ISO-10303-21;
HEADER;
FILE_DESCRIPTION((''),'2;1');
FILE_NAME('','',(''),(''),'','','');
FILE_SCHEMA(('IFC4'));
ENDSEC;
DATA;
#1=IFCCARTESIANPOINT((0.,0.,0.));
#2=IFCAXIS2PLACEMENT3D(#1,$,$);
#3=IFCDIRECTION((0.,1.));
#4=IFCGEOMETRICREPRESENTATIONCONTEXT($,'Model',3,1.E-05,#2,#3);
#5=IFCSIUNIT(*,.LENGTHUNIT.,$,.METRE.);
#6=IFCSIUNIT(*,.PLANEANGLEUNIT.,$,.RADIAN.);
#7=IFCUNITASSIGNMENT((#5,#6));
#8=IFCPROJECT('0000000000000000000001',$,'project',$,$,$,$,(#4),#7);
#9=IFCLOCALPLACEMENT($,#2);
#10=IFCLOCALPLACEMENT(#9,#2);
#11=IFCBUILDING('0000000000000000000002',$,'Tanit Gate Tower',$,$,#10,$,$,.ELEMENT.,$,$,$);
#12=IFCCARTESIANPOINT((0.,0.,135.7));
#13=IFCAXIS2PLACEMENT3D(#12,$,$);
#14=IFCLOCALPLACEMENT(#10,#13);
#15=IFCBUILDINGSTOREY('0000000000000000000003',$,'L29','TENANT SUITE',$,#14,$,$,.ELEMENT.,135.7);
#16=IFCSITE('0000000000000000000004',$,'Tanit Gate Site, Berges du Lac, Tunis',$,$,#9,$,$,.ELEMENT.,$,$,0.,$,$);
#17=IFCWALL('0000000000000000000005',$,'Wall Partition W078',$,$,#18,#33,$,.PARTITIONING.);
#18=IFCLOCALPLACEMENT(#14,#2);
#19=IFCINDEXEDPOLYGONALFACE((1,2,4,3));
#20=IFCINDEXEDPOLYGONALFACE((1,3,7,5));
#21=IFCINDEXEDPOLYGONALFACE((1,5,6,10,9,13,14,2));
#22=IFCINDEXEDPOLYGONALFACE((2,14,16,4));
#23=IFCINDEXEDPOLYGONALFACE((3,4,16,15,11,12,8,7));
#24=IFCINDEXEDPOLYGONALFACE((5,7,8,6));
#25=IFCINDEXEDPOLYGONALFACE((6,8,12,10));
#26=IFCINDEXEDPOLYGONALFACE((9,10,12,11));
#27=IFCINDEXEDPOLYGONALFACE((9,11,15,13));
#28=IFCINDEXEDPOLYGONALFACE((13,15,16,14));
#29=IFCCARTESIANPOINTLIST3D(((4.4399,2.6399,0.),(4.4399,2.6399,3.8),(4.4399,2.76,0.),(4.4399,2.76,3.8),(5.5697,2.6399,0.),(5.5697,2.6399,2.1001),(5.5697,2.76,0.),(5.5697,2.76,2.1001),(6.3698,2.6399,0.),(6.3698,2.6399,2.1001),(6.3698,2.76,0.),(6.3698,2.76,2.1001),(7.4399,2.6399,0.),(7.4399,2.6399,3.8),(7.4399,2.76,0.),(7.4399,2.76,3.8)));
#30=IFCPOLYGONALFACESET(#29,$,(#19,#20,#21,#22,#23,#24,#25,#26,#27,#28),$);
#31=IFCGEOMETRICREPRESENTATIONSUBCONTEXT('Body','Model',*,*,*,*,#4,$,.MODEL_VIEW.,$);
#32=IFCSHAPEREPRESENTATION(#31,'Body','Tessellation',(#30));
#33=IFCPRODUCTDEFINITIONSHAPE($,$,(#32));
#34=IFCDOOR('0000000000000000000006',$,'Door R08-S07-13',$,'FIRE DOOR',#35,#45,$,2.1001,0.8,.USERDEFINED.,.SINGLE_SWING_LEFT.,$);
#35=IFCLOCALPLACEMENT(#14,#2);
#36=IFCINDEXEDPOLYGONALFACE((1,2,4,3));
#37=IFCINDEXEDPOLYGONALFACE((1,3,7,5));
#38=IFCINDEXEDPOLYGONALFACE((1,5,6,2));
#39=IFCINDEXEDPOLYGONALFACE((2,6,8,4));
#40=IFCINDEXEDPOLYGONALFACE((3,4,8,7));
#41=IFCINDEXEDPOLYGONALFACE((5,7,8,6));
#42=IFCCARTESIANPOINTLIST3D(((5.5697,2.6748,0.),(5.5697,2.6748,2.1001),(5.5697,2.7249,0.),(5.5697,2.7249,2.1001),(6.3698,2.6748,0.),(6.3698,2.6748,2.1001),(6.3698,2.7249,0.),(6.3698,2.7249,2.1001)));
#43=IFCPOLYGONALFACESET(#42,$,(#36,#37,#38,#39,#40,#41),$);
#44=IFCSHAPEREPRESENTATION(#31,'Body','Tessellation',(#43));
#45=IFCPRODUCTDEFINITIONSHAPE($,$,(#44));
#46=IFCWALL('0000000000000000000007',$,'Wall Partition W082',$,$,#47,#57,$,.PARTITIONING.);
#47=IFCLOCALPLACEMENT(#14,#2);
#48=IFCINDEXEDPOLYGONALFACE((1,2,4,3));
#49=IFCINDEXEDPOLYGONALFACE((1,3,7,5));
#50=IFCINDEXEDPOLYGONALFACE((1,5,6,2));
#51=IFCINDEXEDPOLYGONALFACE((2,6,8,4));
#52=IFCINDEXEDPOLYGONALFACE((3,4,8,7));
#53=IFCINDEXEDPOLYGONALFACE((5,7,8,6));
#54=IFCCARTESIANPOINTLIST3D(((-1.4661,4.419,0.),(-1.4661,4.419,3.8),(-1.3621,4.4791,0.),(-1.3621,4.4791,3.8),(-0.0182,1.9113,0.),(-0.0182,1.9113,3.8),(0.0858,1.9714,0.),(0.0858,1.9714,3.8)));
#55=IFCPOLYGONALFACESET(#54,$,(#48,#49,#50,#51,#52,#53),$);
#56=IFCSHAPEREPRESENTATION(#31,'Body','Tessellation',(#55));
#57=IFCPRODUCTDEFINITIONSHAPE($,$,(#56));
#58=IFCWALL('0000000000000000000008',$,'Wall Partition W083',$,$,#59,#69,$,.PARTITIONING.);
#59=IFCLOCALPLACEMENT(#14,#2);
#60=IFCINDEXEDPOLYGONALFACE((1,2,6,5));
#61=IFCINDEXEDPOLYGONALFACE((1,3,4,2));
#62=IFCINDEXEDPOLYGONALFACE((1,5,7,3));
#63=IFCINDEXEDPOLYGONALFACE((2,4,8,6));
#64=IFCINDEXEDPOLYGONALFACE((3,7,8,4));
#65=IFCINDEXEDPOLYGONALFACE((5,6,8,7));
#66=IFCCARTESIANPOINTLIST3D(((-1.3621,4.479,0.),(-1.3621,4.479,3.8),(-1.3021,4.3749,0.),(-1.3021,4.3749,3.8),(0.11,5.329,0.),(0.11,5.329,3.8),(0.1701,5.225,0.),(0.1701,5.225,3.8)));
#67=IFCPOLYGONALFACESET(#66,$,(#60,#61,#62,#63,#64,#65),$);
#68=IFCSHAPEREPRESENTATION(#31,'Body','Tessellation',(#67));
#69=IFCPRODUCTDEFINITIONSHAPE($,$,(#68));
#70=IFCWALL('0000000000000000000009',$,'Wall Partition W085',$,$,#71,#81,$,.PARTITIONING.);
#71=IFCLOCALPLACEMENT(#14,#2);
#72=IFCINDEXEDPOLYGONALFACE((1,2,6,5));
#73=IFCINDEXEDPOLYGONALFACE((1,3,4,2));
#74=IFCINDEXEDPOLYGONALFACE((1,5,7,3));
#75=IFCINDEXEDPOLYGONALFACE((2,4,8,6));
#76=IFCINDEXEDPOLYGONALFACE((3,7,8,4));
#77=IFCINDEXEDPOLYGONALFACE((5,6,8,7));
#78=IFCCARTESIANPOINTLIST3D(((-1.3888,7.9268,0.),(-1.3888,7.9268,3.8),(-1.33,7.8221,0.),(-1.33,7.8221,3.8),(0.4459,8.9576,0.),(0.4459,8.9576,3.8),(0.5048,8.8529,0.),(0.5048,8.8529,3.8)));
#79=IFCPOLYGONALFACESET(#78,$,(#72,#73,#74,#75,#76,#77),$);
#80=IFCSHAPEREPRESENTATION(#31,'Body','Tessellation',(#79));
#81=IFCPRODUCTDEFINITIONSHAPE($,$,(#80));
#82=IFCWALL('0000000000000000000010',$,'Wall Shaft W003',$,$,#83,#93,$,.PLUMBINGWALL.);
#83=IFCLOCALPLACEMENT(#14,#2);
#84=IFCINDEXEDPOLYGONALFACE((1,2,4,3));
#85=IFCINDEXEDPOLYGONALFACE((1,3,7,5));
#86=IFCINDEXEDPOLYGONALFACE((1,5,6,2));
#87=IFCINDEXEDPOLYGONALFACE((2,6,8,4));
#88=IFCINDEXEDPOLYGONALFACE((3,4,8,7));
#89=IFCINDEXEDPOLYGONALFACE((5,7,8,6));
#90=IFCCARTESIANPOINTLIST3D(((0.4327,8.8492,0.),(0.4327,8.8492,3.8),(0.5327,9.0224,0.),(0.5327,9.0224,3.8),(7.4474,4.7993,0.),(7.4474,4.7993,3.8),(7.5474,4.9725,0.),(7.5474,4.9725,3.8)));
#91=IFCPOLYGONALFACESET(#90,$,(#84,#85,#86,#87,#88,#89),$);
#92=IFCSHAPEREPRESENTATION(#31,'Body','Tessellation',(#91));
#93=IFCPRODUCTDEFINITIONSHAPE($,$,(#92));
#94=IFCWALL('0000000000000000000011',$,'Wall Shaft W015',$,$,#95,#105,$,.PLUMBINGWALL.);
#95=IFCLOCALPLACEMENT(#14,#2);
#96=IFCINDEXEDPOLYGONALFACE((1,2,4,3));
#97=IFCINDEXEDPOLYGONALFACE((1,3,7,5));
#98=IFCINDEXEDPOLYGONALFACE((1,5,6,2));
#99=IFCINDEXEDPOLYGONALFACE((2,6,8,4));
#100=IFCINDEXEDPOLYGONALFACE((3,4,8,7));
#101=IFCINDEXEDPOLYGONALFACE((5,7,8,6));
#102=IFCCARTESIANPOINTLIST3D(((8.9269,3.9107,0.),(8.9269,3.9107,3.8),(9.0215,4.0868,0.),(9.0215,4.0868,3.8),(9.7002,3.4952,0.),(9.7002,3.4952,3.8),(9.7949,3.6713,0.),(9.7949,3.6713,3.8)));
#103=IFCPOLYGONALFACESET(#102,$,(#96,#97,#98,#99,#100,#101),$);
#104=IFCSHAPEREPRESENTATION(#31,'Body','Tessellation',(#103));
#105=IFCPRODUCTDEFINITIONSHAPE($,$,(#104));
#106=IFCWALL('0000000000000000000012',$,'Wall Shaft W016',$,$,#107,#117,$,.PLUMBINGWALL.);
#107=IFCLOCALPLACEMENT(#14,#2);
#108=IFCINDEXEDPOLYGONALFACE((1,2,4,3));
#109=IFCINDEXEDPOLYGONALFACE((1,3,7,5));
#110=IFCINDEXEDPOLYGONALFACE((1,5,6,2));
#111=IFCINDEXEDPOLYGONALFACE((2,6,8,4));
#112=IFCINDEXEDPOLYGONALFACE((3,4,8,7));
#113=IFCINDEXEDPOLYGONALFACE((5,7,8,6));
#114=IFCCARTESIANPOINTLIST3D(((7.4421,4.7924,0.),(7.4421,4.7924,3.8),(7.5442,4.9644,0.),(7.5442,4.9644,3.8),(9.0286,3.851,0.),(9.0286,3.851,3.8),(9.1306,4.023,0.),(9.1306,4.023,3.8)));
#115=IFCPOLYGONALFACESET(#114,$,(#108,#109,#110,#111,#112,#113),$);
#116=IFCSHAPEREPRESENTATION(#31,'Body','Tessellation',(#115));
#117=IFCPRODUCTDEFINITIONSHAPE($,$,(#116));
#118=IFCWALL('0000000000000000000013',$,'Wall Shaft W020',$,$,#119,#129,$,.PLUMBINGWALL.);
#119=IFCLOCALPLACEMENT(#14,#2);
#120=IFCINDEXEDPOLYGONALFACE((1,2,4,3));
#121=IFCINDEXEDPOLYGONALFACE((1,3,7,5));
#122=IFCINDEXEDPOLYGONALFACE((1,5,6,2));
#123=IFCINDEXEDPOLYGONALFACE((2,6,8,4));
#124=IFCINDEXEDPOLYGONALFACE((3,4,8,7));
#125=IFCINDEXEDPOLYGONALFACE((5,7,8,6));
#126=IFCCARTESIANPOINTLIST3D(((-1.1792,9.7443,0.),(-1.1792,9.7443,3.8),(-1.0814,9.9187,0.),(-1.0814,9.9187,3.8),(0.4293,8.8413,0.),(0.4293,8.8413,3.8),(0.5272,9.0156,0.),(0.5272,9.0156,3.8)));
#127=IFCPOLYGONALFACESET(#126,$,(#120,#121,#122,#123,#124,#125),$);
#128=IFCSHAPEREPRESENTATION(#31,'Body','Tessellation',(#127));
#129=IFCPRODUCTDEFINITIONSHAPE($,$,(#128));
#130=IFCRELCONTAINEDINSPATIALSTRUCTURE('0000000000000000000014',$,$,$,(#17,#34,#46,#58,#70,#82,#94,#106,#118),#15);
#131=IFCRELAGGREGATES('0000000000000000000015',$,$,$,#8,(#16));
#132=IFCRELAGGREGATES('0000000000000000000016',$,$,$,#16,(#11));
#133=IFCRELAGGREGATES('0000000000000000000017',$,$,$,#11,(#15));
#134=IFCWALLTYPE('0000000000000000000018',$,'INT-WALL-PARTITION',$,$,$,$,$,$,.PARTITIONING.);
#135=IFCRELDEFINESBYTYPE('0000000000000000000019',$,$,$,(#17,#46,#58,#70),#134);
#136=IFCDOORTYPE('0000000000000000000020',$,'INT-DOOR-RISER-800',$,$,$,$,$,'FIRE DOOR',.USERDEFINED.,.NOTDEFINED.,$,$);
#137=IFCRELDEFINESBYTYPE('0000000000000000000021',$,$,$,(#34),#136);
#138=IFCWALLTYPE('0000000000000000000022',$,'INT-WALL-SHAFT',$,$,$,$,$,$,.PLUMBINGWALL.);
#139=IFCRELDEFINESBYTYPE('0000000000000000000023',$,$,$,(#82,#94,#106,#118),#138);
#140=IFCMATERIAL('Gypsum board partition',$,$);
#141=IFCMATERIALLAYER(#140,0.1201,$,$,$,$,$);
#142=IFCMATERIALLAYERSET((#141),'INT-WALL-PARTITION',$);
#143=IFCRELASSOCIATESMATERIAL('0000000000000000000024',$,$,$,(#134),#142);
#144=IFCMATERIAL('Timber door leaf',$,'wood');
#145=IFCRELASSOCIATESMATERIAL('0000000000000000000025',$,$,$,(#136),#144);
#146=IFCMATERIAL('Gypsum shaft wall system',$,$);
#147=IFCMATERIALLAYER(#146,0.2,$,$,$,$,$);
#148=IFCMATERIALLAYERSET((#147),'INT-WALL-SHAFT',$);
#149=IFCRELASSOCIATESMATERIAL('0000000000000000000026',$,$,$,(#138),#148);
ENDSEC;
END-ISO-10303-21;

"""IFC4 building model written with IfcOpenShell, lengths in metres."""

from ifc_helpers import new_model, si_unit, direction, frame, frame_2d, origin, place, context, subcontext, project, spatial, rectangle, extrude, material, layer, layer_set, type_object, element, fill, save


model = new_model("IFC4")

# Units and contexts
model_context = context("Model", 3, precision=1e-05, world=origin(), true_north=direction((0.0, 1.0)))
body_context = subcontext(model_context, "Body", "Model", "MODEL_VIEW")
ifc_project = project(units=[si_unit("LENGTHUNIT", "METRE"), si_unit("PLANEANGLEUNIT", "RADIAN")], contexts=[model_context])

# Site, building, storey
site_placement = place(None, origin())
site = spatial("IfcSite", under=ifc_project, at=site_placement, Name="Tanit Gate Site, Berges du Lac, Tunis", CompositionType="ELEMENT", RefElevation=0.0)
building_placement = place(site_placement, origin())
building = spatial("IfcBuilding", under=site, at=building_placement, Name="Tanit Gate Tower", CompositionType="ELEMENT")
storey_placement = place(building_placement, frame((0.0, 0.0, 135.7)))
storey = spatial("IfcBuildingStorey", under=building, at=storey_placement, Name="L29", Description="TENANT SUITE", CompositionType="ELEMENT", Elevation=135.7)

# Wall, opening, door
ifc_material_1 = material(Name="Gypsum board partition")
ifc_layer_1 = layer(ifc_material_1, 0.1201)
ifc_layer_set_1 = layer_set([ifc_layer_1], Name="INT-WALL-PARTITION")
wall_type_1 = type_object("IfcWallType", Name="INT-WALL-PARTITION", PredefinedType="PARTITIONING", material=ifc_layer_set_1)
wall_1_placement = place(storey_placement, frame((4.4399, 2.7, 0.0), z_axis=(0.0, 0.0, 1.0), x_axis=(1.0, 0.0, 0.0)))
wall_1 = element("IfcWall", 1, at=wall_1_placement, inside=storey, type_object=wall_type_1, Name="Wall Partition W078", PredefinedType="PARTITIONING", context=body_context, shape_type="SweptSolid", body=[
    extrude(rectangle(XDim=3.0, YDim=0.1201, at=frame_2d((1.5, 0.0))), origin(), (0.0, 0.0, 1.0), 3.8),
])
opening_1_placement = place(wall_1_placement, frame((1.1299, 0.0, 0.0)))
opening_1 = element("IfcOpeningElement", 2, at=opening_1_placement, cuts=wall_1, PredefinedType="OPENING", context=body_context, shape_type="SweptSolid", body=[
    extrude(rectangle(XDim=0.8, YDim=2.1001, at=frame_2d((0.3999, 1.05))), frame((0.0, 0.0701, 0.0), z_axis=(0.0, -1.0, 0.0), x_axis=(1.0, 0.0, 0.0)), (0.0, 0.0, 1.0), 0.1401),
])
ifc_material_2 = material(Name="Timber door leaf", Category="wood")
door_type_1 = type_object("IfcDoorType", Name="INT-DOOR-RISER-800", ElementType="FIRE DOOR", OperationType="NOTDEFINED", PredefinedType="USERDEFINED", material=ifc_material_2)
door_1_placement = place(opening_1_placement, origin())
door_1 = element("IfcDoor", 3, at=door_1_placement, inside=storey, type_object=door_type_1, Name="Door R08-S07-13", ObjectType="FIRE DOOR", OperationType="SINGLE_SWING_LEFT", OverallHeight=2.1001, OverallWidth=0.8, PredefinedType="USERDEFINED", context=body_context, shape_type="SweptSolid", body=[
    extrude(rectangle(XDim=0.8, YDim=2.1001, at=frame_2d((0.3999, 1.05))), frame((0.0, 0.0249, 0.0), z_axis=(0.0, -1.0, 0.0), x_axis=(1.0, 0.0, 0.0)), (0.0, 0.0, 1.0), 0.05),
])
fill(opening_1, door_1)

# Walls
wall_2_placement = place(storey_placement, frame((-1.4141, 4.449, 0.0), z_axis=(0.0, 0.0, 1.0), x_axis=(0.500029, -0.866009, 0.0)))
element("IfcWall", 4, at=wall_2_placement, inside=storey, type_object=wall_type_1, Name="Wall Partition W082", PredefinedType="PARTITIONING", context=body_context, shape_type="SweptSolid", body=[
    extrude(rectangle(XDim=2.8958, YDim=0.1201, at=frame_2d((1.4478, 0.0))), origin(), (0.0, 0.0, 1.0), 3.8),
])
wall_3_placement = place(storey_placement, frame((0.1401, 5.2771, 0.0), z_axis=(0.0, 0.0, 1.0), x_axis=(-0.865989, -0.500062, 0.0)))
element("IfcWall", 5, at=wall_3_placement, inside=storey, type_object=wall_type_1, Name="Wall Partition W083", PredefinedType="PARTITIONING", context=body_context, shape_type="SweptSolid", body=[
    extrude(rectangle(XDim=1.7, YDim=0.1201, at=frame_2d((0.8501, 0.0))), origin(), (0.0, 0.0, 1.0), 3.8),
])
wall_4_placement = place(storey_placement, frame((0.4753, 8.9053, 0.0), z_axis=(0.0, 0.0, 1.0), x_axis=(-0.871833, -0.489804, 0.0)))
element("IfcWall", 6, at=wall_4_placement, inside=storey, type_object=wall_type_1, Name="Wall Partition W085", PredefinedType="PARTITIONING", context=body_context, shape_type="SweptSolid", body=[
    extrude(rectangle(XDim=2.1045, YDim=0.1201, at=frame_2d((1.0522, 0.0))), origin(), (0.0, 0.0, 1.0), 3.8),
])
ifc_material_3 = material(Name="Gypsum shaft wall system")
ifc_layer_2 = layer(ifc_material_3, 0.2)
ifc_layer_set_2 = layer_set([ifc_layer_2], Name="INT-WALL-SHAFT")
wall_type_2 = type_object("IfcWallType", Name="INT-WALL-SHAFT", PredefinedType="PLUMBINGWALL", material=ifc_layer_set_2)
wall_5_placement = place(storey_placement, frame((7.4973, 4.886, 0.0), z_axis=(0.0, 0.0, 1.0), x_axis=(-0.866031, 0.49999, 0.0)))
element("IfcWall", 7, at=wall_5_placement, inside=storey, type_object=wall_type_2, Name="Wall Shaft W003", PredefinedType="PLUMBINGWALL", context=body_context, shape_type="SweptSolid", body=[
    extrude(rectangle(XDim=8.0999, YDim=0.2, at=frame_2d((4.0498, 0.0))), origin(), (0.0, 0.0, 1.0), 3.8),
])
wall_6_placement = place(storey_placement, frame((9.7476, 3.5833, 0.0), z_axis=(0.0, 0.0, 1.0), x_axis=(-0.880917, 0.473271, 0.0)))
element("IfcWall", 8, at=wall_6_placement, inside=storey, type_object=wall_type_2, Name="Wall Shaft W015", PredefinedType="PLUMBINGWALL", context=body_context, shape_type="SweptSolid", body=[
    extrude(rectangle(XDim=0.8779, YDim=0.2, at=frame_2d((0.439, 0.0))), origin(), (0.0, 0.0, 1.0), 3.8),
])
for number, where, z_axis, x_axis, name in (
    (9, (9.0796, 3.937, 0.0), (0.0, 0.0, 1.0), (-0.859982, 0.510325, 0.0), "Wall Shaft W016"),
    (10, (0.4783, 8.9285, 0.0), (0.0, 0.0, 1.0), (-0.871989, 0.489526, 0.0), "Wall Shaft W020"),
):
    element("IfcWall", number, at=place(storey_placement, frame(where, z_axis=z_axis, x_axis=x_axis)), inside=storey, type_object=wall_type_2, Name=name, PredefinedType="PLUMBINGWALL", context=body_context, shape_type="SweptSolid", body=[
        extrude(rectangle(XDim=1.8447, YDim=0.2, at=frame_2d((0.9224, 0.0))), origin(), (0.0, 0.0, 1.0), 3.8),
    ])

save(model, "model.ifc")
